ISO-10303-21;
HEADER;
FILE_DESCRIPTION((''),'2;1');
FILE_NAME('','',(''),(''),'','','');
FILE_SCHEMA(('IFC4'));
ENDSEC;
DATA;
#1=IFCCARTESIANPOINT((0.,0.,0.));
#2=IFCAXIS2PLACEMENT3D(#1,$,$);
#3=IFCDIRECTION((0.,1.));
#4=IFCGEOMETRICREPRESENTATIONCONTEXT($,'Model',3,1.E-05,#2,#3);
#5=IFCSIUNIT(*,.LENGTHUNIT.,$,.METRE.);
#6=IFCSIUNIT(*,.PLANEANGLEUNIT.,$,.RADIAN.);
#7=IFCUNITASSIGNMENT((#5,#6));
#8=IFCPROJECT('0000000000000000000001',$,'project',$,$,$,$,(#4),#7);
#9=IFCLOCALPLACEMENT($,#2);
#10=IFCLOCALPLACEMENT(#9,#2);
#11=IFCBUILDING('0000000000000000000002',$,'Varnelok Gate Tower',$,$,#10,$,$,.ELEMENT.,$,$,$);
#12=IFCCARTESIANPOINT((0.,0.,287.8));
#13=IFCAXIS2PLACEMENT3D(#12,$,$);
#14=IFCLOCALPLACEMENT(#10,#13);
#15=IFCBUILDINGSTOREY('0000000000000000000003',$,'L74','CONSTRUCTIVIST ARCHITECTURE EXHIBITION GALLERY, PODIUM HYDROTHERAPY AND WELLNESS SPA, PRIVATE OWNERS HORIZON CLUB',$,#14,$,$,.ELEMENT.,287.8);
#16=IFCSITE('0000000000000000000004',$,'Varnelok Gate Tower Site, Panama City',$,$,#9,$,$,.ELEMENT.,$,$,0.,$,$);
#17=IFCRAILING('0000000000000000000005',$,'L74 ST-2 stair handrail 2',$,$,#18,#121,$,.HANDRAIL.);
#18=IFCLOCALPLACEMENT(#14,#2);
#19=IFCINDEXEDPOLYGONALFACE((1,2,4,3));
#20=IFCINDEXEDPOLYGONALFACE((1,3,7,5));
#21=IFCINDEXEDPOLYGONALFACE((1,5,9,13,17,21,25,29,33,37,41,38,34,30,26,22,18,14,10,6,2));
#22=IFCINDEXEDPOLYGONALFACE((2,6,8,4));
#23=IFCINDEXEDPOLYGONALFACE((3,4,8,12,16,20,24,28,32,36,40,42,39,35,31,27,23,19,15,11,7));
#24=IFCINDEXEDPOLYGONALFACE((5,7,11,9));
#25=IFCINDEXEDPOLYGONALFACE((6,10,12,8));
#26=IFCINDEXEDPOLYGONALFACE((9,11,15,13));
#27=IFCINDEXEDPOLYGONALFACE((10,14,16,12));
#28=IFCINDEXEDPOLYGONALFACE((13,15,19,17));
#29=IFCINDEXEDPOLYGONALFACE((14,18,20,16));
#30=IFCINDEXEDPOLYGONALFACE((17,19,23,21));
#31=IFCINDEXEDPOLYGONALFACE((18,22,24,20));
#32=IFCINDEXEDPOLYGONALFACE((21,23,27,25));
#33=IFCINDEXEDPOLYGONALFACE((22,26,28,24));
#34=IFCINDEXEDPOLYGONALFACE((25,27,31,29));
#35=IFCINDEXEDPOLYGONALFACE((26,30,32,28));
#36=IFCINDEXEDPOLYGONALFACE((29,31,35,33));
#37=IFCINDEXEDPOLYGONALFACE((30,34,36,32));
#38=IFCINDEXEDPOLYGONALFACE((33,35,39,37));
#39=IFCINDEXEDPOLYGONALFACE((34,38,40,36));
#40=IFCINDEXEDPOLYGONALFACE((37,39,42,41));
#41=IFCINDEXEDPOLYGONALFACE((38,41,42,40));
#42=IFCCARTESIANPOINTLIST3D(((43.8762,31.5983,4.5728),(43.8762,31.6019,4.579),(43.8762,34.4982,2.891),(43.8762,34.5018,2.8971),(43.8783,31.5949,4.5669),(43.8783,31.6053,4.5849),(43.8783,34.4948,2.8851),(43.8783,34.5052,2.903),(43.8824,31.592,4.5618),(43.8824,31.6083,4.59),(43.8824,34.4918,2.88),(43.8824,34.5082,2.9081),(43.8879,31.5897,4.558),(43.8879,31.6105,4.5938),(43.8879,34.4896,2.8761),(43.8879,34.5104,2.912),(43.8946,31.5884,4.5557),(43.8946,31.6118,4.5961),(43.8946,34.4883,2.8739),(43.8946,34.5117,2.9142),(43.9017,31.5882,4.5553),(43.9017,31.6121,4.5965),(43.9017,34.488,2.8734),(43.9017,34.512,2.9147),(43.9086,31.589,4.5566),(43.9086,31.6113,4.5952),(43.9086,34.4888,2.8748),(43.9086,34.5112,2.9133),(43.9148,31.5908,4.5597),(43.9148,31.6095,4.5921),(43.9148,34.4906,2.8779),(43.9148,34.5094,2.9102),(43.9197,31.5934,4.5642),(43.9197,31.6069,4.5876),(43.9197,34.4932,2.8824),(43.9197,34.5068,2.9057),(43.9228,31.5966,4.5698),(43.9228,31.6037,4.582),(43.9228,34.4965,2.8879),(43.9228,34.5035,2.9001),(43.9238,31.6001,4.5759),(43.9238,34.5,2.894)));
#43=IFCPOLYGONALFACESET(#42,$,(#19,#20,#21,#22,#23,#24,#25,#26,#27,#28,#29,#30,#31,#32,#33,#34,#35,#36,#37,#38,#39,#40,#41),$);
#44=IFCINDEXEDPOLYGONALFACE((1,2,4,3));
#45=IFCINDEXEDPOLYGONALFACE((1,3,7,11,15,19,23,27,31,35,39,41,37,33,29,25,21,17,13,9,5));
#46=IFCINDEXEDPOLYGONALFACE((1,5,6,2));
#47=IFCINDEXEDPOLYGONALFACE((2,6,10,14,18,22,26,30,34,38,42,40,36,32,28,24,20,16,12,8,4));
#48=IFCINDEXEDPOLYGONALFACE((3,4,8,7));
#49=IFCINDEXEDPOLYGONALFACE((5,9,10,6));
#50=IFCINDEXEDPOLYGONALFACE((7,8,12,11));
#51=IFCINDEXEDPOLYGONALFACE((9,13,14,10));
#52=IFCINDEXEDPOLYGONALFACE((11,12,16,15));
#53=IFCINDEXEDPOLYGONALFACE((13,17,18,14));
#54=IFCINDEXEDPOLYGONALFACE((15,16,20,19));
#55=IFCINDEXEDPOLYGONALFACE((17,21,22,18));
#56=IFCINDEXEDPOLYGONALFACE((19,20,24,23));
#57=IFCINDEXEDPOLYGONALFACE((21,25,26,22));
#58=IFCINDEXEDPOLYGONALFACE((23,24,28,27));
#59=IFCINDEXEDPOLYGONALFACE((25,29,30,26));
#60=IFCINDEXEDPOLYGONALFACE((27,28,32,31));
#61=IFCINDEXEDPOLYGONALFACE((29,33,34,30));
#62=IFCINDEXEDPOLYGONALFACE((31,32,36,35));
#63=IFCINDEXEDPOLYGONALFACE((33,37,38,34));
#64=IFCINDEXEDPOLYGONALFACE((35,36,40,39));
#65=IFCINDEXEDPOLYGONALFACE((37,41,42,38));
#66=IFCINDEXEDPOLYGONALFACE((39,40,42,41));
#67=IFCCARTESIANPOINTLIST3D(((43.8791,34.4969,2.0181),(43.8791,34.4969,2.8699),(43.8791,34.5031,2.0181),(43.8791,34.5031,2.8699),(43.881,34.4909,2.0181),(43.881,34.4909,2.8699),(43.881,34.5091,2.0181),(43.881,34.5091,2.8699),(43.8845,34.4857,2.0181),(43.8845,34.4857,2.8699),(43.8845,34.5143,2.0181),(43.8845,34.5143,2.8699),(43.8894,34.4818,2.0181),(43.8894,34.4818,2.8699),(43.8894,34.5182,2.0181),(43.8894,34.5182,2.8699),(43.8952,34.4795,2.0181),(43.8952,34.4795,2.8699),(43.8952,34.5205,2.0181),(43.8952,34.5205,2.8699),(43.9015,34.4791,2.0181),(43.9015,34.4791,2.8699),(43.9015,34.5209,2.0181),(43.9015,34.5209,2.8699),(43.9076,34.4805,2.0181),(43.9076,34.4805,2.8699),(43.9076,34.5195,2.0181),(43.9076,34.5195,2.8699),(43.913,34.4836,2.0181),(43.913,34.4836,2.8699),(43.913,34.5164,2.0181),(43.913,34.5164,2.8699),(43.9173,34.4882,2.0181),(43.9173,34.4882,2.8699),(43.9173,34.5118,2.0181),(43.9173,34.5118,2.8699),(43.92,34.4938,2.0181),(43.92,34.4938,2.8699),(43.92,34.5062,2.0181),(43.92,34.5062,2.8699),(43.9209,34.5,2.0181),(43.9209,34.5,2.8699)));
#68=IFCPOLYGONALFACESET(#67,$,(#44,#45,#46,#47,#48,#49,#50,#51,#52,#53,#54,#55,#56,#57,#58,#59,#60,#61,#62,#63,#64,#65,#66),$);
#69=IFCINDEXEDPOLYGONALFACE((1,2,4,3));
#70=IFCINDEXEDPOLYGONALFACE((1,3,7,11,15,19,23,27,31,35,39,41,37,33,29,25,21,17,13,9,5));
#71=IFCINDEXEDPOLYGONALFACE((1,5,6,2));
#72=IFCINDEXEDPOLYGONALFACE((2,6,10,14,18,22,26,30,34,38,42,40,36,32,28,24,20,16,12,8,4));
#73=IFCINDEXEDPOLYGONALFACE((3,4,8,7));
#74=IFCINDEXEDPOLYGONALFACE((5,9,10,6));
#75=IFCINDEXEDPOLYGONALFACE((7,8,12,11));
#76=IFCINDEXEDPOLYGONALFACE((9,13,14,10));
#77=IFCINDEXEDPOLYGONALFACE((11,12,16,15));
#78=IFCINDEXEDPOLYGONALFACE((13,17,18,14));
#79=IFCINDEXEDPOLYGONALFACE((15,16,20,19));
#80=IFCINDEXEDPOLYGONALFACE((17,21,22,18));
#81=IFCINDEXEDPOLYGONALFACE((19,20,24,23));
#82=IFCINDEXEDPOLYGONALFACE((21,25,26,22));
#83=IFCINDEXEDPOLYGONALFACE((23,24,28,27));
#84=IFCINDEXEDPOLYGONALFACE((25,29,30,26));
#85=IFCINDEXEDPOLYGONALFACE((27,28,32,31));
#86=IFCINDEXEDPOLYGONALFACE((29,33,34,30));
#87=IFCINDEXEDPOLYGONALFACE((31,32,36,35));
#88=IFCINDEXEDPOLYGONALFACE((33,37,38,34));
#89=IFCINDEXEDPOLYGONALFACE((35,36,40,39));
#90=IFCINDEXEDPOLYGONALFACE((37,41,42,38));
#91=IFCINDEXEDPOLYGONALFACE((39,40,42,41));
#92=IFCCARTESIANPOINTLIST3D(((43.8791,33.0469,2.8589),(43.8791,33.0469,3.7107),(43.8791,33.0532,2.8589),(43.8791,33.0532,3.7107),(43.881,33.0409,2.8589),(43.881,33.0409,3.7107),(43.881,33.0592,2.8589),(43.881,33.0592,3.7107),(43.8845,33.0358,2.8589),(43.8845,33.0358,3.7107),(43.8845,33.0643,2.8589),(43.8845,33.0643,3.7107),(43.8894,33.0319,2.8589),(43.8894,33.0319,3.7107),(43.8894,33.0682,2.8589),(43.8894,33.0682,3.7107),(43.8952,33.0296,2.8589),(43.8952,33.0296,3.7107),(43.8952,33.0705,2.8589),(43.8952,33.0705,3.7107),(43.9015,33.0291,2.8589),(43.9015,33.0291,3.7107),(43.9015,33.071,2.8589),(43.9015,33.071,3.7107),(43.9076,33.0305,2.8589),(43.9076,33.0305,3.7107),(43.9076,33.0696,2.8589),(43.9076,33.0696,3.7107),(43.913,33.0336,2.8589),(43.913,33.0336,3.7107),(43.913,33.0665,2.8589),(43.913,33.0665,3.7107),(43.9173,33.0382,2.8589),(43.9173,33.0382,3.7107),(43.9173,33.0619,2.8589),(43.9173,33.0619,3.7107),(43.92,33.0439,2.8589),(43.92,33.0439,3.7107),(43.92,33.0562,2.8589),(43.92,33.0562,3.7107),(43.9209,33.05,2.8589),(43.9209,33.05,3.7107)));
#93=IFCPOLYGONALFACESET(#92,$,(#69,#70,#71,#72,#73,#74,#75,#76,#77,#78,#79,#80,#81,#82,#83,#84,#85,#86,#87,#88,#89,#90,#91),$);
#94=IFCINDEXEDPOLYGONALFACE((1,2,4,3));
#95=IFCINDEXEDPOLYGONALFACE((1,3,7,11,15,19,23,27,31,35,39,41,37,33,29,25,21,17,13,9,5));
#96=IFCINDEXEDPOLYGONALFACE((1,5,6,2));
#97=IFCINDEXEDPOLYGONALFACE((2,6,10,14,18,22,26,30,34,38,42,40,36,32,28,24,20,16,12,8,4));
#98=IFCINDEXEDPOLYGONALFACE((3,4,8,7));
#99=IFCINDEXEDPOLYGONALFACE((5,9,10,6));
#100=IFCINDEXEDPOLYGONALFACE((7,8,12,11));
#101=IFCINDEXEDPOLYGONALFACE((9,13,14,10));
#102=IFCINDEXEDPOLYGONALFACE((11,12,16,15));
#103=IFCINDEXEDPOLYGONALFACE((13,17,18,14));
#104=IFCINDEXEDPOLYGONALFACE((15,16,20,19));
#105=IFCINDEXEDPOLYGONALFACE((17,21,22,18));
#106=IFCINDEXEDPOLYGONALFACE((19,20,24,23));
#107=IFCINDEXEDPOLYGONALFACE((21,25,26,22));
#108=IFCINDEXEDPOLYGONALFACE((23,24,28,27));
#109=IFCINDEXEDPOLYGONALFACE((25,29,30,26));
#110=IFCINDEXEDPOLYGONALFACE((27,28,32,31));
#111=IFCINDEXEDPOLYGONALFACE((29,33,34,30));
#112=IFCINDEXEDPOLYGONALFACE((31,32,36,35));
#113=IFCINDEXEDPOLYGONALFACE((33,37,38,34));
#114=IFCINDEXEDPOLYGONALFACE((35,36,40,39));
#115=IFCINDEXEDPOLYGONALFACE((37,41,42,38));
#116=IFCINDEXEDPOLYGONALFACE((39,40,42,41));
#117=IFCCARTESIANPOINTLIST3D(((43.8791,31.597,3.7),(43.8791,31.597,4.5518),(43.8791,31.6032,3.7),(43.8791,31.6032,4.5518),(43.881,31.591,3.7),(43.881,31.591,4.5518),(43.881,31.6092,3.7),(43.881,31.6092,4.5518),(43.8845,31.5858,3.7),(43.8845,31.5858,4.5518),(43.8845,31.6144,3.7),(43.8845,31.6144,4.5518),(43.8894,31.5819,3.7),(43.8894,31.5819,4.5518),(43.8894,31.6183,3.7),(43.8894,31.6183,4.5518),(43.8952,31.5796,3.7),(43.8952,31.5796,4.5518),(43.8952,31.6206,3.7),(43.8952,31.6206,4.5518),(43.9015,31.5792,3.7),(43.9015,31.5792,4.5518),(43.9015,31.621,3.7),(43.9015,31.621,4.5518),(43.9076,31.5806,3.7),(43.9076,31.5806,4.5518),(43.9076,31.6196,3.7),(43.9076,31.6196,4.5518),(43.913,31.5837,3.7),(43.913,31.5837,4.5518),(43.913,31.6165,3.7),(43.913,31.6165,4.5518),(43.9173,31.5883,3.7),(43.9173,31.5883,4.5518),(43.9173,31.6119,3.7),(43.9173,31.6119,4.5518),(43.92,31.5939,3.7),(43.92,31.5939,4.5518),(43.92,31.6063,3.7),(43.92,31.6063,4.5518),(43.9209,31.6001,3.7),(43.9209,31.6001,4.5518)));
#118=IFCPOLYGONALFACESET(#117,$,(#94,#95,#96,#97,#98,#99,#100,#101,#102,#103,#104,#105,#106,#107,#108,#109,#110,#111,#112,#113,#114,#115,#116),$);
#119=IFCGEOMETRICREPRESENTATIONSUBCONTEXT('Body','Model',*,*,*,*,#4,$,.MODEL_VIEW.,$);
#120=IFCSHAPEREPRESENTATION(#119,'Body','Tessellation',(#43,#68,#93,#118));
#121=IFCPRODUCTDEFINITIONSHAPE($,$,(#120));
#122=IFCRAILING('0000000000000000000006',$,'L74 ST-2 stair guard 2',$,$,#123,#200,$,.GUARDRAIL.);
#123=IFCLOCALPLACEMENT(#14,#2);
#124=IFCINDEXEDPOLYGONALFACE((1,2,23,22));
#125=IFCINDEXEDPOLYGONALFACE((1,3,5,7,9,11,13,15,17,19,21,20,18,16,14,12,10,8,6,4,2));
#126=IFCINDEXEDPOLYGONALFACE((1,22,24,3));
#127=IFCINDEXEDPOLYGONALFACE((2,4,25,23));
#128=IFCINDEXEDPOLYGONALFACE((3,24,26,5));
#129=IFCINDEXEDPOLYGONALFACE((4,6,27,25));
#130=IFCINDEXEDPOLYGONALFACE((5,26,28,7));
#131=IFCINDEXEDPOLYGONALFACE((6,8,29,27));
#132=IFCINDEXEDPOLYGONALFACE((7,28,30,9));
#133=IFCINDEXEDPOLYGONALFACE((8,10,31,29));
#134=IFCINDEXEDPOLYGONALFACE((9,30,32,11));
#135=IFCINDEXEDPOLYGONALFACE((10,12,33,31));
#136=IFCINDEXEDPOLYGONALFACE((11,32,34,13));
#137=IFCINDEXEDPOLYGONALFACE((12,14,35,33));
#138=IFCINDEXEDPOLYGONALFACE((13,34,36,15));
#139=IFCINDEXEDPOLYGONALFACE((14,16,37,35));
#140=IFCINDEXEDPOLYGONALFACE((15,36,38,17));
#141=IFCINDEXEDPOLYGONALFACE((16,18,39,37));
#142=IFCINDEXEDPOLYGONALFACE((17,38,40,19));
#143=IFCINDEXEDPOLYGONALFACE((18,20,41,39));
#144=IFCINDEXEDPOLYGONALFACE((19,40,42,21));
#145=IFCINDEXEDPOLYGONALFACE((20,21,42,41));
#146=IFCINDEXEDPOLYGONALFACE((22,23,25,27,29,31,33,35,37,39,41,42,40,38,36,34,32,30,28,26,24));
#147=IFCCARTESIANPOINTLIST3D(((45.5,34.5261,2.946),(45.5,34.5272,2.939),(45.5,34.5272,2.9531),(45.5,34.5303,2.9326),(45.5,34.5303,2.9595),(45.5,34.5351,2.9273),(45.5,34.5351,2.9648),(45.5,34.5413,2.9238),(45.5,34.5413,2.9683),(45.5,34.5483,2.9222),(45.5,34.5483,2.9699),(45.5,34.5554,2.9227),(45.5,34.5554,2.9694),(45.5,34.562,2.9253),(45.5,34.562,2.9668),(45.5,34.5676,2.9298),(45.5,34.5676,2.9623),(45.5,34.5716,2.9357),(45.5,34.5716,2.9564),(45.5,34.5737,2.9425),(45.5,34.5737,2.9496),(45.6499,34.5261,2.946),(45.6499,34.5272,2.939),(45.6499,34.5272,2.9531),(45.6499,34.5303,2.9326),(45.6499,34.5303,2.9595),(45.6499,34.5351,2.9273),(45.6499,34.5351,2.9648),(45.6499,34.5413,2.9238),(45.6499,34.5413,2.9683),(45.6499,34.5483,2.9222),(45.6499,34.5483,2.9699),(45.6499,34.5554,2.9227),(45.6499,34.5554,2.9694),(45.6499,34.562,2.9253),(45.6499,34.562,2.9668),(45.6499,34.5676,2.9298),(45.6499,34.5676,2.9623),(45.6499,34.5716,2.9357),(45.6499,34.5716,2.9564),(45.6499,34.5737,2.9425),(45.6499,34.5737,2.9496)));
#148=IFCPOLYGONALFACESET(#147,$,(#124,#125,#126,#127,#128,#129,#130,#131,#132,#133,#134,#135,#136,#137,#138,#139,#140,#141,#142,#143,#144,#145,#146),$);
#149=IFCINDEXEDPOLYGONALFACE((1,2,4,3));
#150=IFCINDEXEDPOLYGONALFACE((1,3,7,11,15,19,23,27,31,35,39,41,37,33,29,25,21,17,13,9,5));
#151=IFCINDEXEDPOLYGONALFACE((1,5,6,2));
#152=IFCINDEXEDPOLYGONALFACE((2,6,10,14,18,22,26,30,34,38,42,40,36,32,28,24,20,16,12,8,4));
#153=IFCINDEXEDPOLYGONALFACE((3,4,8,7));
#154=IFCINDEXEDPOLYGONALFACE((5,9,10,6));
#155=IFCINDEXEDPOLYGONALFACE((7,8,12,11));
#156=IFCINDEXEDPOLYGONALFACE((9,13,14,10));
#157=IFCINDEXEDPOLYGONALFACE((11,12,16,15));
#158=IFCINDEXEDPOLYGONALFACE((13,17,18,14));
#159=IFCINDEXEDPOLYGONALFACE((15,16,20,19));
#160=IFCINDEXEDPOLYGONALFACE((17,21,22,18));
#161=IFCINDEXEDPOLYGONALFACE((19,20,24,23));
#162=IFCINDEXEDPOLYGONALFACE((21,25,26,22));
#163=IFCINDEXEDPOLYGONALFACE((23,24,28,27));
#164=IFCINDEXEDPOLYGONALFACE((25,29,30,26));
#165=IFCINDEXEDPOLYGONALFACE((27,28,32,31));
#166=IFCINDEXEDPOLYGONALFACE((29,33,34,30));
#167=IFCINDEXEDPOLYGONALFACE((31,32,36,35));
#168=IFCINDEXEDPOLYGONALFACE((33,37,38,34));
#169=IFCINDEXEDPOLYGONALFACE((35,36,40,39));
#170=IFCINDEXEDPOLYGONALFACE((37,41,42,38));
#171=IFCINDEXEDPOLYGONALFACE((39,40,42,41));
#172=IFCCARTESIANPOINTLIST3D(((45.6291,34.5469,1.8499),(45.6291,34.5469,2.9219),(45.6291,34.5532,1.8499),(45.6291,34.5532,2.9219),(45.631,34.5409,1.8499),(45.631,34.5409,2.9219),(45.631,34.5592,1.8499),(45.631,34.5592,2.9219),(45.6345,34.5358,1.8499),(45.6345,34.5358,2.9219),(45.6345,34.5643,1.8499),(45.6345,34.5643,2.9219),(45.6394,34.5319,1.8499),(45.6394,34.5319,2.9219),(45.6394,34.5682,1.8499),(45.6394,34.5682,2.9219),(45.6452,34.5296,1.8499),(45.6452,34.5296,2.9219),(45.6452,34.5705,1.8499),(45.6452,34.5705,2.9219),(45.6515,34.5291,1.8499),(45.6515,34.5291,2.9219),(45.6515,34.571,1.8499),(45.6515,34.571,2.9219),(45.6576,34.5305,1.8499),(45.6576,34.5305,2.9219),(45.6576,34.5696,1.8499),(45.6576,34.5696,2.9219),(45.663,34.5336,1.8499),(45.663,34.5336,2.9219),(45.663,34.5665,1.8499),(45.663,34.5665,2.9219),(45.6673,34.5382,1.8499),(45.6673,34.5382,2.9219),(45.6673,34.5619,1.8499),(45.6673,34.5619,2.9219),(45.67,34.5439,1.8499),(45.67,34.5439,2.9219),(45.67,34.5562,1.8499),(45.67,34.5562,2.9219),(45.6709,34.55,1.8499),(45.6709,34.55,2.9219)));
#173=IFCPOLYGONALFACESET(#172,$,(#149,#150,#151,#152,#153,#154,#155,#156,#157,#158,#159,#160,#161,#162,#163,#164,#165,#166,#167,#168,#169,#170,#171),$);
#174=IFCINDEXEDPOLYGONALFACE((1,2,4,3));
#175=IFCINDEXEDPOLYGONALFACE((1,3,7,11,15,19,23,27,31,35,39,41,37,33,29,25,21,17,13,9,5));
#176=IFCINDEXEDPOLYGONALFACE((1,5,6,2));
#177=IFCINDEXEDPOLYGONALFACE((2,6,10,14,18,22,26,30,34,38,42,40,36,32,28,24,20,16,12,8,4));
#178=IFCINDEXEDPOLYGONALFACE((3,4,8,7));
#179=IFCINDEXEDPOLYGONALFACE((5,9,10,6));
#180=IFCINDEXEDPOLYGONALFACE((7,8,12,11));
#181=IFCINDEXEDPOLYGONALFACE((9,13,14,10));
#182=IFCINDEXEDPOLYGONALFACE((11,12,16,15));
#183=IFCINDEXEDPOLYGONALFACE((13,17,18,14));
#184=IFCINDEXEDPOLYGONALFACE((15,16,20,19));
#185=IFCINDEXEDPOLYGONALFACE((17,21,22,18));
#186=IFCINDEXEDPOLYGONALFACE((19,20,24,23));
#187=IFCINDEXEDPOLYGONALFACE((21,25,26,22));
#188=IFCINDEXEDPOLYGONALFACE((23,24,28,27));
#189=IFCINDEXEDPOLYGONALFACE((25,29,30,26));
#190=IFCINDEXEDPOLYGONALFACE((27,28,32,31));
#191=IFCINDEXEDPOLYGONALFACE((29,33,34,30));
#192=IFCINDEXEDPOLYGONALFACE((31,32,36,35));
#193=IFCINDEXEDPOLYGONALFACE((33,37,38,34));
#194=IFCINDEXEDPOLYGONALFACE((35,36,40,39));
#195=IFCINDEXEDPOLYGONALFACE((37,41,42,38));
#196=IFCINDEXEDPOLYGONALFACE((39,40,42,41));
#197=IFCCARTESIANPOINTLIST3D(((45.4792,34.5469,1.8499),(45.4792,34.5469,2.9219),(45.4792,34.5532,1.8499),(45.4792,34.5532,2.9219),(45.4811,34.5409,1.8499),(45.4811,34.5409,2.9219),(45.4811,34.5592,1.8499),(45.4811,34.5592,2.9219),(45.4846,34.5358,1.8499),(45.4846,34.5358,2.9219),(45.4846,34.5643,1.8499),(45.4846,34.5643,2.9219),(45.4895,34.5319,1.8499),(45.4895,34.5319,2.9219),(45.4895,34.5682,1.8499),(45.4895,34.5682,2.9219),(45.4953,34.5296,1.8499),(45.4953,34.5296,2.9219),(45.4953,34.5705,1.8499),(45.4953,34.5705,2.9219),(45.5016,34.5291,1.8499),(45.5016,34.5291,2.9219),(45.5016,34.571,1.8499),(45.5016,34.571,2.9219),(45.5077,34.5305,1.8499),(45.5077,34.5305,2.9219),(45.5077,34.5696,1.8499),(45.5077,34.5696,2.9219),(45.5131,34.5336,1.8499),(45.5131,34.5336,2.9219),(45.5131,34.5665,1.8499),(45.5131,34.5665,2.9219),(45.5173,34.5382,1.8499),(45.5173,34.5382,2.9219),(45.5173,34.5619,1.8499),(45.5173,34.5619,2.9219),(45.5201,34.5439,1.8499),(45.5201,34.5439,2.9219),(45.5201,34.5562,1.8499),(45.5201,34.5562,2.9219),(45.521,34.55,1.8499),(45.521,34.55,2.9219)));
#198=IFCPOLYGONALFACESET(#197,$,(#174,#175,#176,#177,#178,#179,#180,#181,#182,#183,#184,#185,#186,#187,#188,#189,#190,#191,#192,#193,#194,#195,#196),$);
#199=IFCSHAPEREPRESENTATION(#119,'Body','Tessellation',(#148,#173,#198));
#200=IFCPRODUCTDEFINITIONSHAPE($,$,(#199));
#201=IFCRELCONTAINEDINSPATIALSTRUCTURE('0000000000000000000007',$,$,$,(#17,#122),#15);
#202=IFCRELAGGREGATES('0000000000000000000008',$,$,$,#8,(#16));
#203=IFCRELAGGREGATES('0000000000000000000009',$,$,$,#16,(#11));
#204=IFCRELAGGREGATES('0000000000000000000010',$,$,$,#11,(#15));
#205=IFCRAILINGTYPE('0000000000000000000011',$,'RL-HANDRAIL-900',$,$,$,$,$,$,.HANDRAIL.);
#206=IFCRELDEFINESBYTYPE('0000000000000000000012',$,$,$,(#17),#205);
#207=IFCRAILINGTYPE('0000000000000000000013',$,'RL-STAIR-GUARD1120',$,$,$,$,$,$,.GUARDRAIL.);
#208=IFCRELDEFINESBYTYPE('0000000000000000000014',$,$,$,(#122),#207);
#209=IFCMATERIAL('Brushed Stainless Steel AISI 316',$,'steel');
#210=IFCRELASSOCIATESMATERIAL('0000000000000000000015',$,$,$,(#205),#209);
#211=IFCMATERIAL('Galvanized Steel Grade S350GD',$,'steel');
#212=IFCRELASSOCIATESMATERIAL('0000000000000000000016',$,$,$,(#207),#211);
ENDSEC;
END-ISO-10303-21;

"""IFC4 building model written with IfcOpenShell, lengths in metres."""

from ifc_helpers import new_model, si_unit, direction, frame, origin, origin_2d, place, context, subcontext, project, spatial, circle, extrude, material, type_object, element, save


model = new_model("IFC4")

# Units and contexts
model_context = context("Model", 3, precision=1e-05, world=origin(), true_north=direction((0.0, 1.0)))
body_context = subcontext(model_context, "Body", "Model", "MODEL_VIEW")
ifc_project = project(units=[si_unit("LENGTHUNIT", "METRE"), si_unit("PLANEANGLEUNIT", "RADIAN")], contexts=[model_context])

# Site, building, storey
site_placement = place(None, origin())
site = spatial("IfcSite", under=ifc_project, at=site_placement, Name="Varnelok Gate Tower Site, Panama City", CompositionType="ELEMENT", RefElevation=0.0)
building_placement = place(site_placement, origin())
building = spatial("IfcBuilding", under=site, at=building_placement, Name="Varnelok Gate Tower", CompositionType="ELEMENT")
storey_placement = place(building_placement, frame((0.0, 0.0, 287.8)))
storey = spatial("IfcBuildingStorey", under=building, at=storey_placement, Name="L74", Description="CONSTRUCTIVIST ARCHITECTURE EXHIBITION GALLERY, PODIUM HYDROTHERAPY AND WELLNESS SPA, PRIVATE OWNERS HORIZON CLUB", CompositionType="ELEMENT", Elevation=287.8)

# Shared definitions
ifc_material_1 = material(Name="Galvanized Steel Grade S350GD", Category="steel")

# Railings
ifc_material_2 = material(Name="Brushed Stainless Steel AISI 316", Category="steel")
railing_type_1 = type_object("IfcRailingType", Name="RL-HANDRAIL-900", PredefinedType="HANDRAIL", material=ifc_material_2)
railing_1_placement = place(storey_placement, frame((43.8999, 34.5, 2.0181)))
element("IfcRailing", 1, at=railing_1_placement, inside=storey, type_object=railing_type_1, Name="L74 ST-2 stair handrail 2", PredefinedType="HANDRAIL", context=body_context, shape_type="SweptSolid", body=[
    extrude(circle(Radius=0.0239, at=origin_2d()), frame((0.0, 0.0, 0.876), z_axis=(0.0, -0.865039, 0.501705), x_axis=(1.0, 0.0, 0.0)), (0.0, 0.0, 1.0), 3.3523),
    extrude(circle(Radius=0.021, at=origin_2d()), origin(), (0.0, 0.0, 1.0), 0.8518),
    extrude(circle(Radius=0.021, at=origin_2d()), frame((0.0, -1.45, 0.8408)), (0.0, 0.0, 1.0), 0.8518),
    extrude(circle(Radius=0.021, at=origin_2d()), frame((0.0, -2.8999, 1.6819)), (0.0, 0.0, 1.0), 0.8518),
])
railing_type_2 = type_object("IfcRailingType", Name="RL-STAIR-GUARD1120", PredefinedType="GUARDRAIL", material=ifc_material_1)
railing_2_placement = place(storey_placement, frame((45.6499, 34.55, 1.8499)))
element("IfcRailing", 2, at=railing_2_placement, inside=storey, type_object=railing_type_2, Name="L74 ST-2 stair guard 2", PredefinedType="GUARDRAIL", context=body_context, shape_type="SweptSolid", body=[
    extrude(circle(Radius=0.0239, at=origin_2d()), frame((0.0, 0.0, 1.0962), z_axis=(-1.0, 0.0, 0.0), x_axis=(0.0, -1.0, 0.0)), (0.0, 0.0, 1.0), 0.1499),
    extrude(circle(Radius=0.021, at=origin_2d()), origin(), (0.0, 0.0, 1.0), 1.072),
    extrude(circle(Radius=0.021, at=origin_2d()), frame((-0.1499, 0.0, 0.0)), (0.0, 0.0, 1.0), 1.072),
])

save(model, "model.ifc")
